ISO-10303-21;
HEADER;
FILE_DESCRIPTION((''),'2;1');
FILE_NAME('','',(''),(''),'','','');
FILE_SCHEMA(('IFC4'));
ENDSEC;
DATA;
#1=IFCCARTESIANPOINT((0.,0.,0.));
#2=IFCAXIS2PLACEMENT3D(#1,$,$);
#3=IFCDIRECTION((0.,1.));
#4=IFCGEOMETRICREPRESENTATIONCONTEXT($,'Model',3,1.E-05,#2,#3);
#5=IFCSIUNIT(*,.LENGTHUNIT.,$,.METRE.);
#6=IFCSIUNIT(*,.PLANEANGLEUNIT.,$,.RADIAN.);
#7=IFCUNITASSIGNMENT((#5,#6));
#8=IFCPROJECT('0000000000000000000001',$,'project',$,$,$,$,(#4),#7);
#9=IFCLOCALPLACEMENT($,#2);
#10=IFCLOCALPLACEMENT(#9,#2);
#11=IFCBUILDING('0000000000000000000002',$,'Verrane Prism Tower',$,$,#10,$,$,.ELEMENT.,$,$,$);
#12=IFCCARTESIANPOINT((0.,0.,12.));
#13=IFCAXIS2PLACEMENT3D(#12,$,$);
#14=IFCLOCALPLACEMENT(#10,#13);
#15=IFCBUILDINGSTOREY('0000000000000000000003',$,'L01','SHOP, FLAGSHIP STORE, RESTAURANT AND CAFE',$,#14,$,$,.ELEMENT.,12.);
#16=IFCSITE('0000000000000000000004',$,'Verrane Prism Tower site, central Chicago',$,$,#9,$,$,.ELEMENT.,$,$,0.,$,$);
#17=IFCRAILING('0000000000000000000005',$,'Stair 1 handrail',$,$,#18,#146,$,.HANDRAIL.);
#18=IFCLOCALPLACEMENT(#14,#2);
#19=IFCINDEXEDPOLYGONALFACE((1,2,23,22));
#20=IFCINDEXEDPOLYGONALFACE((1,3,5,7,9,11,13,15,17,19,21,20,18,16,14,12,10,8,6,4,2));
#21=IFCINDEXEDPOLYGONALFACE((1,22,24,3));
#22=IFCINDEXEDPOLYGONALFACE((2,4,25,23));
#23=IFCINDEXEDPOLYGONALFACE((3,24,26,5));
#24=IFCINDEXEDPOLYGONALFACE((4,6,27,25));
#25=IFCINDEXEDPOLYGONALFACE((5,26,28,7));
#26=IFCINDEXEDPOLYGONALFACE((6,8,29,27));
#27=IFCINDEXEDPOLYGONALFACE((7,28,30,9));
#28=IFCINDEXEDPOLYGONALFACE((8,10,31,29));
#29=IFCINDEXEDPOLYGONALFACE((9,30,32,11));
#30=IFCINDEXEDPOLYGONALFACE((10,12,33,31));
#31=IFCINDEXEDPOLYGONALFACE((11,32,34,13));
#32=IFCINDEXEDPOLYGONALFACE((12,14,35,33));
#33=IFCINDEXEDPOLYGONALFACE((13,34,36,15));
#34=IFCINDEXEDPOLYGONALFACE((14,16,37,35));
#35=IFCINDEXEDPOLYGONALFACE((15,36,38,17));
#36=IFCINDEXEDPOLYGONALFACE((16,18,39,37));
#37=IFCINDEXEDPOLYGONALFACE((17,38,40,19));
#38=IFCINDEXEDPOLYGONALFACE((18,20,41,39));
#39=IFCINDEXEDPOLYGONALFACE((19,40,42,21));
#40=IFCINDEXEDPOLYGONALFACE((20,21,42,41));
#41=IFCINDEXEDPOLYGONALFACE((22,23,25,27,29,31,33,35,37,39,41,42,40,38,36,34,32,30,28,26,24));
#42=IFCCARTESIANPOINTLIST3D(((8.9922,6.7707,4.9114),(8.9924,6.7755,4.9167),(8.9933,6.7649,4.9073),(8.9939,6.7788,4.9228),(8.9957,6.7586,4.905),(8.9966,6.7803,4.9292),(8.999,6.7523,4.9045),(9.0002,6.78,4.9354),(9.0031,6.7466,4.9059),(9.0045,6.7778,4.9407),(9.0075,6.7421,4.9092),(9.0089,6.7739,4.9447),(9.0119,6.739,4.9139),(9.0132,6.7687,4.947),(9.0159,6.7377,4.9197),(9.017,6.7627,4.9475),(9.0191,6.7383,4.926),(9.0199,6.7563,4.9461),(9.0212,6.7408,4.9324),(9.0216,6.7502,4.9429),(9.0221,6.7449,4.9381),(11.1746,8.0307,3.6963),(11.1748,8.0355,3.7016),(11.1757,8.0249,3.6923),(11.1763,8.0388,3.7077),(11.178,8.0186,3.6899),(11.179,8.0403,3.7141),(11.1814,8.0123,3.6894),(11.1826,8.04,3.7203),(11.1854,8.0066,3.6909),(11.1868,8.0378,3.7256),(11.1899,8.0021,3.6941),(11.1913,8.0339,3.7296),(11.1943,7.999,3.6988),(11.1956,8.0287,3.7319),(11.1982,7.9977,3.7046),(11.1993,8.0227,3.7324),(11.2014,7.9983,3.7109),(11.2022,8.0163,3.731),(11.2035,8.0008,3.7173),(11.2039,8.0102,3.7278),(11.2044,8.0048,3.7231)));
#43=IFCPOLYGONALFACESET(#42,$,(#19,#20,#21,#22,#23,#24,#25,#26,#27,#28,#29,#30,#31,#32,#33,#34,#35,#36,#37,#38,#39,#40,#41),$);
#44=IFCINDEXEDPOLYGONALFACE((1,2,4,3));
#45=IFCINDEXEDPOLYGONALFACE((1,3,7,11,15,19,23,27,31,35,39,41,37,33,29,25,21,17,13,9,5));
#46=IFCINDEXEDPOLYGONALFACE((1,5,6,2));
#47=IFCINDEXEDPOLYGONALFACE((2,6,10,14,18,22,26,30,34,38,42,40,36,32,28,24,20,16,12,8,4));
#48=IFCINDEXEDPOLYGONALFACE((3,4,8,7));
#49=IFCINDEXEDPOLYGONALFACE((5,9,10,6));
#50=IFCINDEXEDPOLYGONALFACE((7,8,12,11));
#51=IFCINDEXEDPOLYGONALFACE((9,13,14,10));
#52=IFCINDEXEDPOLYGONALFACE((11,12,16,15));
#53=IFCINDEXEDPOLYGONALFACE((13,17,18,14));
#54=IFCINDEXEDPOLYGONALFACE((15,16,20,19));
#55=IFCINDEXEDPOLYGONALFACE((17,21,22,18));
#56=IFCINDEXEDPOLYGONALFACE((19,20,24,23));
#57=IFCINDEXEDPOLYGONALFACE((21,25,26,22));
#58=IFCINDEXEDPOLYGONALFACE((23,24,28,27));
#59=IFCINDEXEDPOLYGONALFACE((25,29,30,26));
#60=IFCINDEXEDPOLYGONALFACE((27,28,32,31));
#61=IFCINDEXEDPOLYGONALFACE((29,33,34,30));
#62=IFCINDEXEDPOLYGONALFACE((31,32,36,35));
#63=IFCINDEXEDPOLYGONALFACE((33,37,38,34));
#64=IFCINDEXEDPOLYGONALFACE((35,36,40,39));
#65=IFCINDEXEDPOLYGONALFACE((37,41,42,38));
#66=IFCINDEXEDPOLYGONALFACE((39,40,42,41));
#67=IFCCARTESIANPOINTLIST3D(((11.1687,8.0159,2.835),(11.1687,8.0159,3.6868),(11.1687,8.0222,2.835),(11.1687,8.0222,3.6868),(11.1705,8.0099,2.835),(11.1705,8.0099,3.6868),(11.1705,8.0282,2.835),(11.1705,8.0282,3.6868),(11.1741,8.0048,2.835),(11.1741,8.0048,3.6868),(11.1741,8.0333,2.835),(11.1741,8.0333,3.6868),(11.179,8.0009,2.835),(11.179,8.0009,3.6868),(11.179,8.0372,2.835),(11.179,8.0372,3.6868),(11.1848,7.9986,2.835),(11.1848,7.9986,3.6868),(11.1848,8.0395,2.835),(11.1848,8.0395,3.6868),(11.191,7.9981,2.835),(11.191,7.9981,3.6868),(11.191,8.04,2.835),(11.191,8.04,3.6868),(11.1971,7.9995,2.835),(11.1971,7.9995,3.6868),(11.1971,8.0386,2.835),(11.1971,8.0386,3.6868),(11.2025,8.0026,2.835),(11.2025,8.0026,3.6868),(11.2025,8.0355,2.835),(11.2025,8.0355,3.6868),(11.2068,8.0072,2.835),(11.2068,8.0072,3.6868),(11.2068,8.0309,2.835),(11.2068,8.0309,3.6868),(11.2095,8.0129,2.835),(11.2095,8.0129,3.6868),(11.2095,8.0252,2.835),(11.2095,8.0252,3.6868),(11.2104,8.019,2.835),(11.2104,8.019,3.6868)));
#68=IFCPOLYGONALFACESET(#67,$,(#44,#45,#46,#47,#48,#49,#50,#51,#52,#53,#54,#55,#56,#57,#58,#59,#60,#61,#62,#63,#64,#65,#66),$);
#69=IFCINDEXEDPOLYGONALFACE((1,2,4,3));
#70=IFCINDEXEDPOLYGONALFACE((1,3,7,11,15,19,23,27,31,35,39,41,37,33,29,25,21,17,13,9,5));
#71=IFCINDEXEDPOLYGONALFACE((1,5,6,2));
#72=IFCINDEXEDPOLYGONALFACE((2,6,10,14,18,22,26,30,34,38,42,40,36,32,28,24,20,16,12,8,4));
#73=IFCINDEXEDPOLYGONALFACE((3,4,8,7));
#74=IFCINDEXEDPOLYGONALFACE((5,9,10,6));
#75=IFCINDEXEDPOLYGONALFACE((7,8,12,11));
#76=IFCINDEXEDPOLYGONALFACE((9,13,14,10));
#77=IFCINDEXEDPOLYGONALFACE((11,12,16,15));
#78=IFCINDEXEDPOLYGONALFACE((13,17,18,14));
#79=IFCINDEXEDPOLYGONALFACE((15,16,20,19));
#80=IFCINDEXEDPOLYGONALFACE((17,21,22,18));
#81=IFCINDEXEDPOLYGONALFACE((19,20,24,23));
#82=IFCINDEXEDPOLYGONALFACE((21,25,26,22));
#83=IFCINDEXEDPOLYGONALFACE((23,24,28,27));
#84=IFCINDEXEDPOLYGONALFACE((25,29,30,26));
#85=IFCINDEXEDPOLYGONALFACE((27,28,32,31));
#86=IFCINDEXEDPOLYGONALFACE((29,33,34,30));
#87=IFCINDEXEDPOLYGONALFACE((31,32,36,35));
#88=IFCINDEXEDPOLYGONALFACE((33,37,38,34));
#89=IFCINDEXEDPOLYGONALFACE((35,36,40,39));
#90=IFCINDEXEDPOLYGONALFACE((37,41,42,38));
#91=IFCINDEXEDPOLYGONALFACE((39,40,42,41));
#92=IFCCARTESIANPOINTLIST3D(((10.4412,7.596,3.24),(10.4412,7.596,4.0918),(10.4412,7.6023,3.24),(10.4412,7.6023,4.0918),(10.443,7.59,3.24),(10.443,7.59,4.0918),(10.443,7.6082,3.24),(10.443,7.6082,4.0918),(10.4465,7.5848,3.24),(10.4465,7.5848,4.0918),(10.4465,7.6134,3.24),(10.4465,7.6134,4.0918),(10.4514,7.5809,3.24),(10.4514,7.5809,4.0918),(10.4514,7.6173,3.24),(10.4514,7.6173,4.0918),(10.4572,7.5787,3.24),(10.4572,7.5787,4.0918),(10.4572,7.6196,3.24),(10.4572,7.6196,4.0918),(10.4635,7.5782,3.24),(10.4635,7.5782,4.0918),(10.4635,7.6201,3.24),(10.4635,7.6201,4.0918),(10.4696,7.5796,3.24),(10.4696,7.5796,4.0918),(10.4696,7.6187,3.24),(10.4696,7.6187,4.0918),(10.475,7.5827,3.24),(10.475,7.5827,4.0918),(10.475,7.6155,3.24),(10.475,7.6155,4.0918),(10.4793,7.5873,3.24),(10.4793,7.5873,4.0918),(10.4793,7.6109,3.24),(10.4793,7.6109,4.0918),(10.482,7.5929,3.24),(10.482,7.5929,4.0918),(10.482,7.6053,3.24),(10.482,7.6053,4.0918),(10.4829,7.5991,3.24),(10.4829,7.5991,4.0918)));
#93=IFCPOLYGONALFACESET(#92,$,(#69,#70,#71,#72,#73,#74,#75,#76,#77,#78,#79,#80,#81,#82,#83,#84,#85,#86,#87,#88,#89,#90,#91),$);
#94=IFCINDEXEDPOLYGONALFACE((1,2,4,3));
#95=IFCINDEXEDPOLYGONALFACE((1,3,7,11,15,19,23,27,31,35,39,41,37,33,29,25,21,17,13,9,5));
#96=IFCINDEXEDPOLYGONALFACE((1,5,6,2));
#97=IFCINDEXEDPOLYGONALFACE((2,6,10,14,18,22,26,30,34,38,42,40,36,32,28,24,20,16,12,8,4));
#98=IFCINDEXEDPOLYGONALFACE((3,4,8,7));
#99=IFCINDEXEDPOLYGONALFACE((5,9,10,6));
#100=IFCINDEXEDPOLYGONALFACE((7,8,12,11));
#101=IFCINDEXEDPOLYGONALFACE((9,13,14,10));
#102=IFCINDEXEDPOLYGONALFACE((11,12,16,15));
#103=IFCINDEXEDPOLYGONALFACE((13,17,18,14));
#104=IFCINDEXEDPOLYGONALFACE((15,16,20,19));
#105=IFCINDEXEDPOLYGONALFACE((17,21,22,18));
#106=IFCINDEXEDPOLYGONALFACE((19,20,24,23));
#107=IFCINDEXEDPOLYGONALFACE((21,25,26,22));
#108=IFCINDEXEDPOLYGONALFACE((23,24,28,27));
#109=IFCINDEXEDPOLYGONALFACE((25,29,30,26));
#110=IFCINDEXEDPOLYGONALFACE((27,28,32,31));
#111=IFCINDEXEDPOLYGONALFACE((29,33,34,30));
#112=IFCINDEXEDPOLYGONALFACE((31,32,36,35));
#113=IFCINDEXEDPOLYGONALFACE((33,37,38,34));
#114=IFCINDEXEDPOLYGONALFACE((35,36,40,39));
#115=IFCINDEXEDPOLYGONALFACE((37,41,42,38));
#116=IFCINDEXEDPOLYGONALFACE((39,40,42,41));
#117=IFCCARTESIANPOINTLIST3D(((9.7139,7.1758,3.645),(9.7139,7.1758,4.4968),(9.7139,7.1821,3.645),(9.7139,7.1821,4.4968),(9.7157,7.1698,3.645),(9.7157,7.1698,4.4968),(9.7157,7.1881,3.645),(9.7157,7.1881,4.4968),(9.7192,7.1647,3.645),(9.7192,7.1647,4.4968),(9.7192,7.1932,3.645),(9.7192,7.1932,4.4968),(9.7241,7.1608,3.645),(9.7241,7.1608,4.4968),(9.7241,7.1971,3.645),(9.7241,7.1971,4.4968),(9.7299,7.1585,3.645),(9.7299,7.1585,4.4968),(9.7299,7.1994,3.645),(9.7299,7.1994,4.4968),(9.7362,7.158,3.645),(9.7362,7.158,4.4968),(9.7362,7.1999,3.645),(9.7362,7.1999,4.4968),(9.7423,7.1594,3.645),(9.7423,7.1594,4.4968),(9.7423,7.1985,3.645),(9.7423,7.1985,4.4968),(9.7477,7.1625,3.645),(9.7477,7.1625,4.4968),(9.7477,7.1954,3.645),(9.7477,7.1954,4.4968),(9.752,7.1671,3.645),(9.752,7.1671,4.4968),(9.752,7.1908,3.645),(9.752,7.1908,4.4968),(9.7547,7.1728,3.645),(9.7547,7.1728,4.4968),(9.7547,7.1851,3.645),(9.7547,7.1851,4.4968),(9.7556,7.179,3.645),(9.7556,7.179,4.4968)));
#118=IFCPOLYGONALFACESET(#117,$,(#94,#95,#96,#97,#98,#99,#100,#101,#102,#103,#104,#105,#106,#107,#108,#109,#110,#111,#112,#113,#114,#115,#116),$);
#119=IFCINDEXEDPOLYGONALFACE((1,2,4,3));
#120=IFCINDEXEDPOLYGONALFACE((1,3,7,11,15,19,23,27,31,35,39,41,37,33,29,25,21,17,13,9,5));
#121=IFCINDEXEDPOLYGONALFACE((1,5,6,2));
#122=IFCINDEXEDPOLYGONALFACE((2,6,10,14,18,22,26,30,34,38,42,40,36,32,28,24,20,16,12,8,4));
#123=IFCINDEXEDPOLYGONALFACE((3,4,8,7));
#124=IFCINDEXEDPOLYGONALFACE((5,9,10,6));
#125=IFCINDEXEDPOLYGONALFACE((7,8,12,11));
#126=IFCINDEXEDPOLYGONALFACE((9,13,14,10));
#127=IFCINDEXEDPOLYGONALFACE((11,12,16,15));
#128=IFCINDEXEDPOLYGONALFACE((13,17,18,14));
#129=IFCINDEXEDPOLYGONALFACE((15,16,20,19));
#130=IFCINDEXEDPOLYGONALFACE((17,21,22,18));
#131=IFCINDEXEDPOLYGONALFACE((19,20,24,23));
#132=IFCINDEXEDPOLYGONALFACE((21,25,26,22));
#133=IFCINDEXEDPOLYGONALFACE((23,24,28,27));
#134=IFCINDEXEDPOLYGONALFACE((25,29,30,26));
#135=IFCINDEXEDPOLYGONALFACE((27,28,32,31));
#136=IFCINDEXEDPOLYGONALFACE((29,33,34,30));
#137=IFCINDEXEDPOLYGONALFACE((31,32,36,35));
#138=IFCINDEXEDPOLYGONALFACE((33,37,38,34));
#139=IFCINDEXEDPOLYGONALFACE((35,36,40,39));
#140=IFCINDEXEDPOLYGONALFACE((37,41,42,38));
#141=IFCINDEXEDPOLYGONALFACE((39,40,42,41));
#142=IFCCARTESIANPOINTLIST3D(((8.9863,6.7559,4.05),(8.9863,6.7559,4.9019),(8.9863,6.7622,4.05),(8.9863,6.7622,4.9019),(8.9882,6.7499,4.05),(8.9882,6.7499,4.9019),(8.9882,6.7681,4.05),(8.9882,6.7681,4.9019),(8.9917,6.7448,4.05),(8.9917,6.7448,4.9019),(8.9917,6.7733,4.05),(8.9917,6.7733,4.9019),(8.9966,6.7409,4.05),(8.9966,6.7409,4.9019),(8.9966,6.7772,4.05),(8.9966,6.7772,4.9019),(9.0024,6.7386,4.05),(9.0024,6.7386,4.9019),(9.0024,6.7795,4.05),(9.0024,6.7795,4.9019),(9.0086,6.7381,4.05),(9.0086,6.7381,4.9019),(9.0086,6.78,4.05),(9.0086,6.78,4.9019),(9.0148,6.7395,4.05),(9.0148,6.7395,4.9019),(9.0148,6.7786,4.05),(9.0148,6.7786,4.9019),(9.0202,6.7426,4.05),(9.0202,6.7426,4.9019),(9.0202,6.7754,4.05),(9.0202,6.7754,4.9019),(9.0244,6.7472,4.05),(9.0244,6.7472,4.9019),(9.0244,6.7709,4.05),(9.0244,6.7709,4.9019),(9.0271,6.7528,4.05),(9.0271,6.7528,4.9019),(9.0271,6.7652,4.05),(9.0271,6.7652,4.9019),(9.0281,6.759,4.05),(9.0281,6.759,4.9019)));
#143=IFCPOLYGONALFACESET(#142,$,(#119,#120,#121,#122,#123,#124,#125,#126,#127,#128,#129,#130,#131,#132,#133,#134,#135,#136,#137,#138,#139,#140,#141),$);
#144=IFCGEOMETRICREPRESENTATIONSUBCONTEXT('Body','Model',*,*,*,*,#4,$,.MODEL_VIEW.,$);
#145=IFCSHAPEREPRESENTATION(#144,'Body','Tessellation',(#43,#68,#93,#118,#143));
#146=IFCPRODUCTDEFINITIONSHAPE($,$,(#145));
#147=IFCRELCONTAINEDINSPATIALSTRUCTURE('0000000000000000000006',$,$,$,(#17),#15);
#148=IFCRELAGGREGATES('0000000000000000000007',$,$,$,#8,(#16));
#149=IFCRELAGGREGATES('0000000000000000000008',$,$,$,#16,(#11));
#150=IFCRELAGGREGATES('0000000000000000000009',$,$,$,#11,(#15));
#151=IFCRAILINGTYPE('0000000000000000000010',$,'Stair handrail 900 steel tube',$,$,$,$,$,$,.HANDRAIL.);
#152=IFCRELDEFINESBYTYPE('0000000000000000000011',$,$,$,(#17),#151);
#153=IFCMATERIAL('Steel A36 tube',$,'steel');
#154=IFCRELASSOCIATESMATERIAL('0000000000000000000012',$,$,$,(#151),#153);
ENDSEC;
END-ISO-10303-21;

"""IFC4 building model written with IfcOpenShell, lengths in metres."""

from ifc_helpers import new_model, si_unit, direction, frame, origin, origin_2d, place, context, subcontext, project, spatial, circle, extrude, material, type_object, element, save


model = new_model("IFC4")

# Units and contexts
model_context = context("Model", 3, precision=1e-05, world=origin(), true_north=direction((0.0, 1.0)))
body_context = subcontext(model_context, "Body", "Model", "MODEL_VIEW")
ifc_project = project(units=[si_unit("LENGTHUNIT", "METRE"), si_unit("PLANEANGLEUNIT", "RADIAN")], contexts=[model_context])

# Site, building, storey
site_placement = place(None, origin())
site = spatial("IfcSite", under=ifc_project, at=site_placement, Name="Verrane Prism Tower site, central Chicago", CompositionType="ELEMENT", RefElevation=0.0)
building_placement = place(site_placement, origin())
building = spatial("IfcBuilding", under=site, at=building_placement, Name="Verrane Prism Tower", CompositionType="ELEMENT")
storey_placement = place(building_placement, frame((0.0, 0.0, 12.0)))
storey = spatial("IfcBuildingStorey", under=building, at=storey_placement, Name="L01", Description="SHOP, FLAGSHIP STORE, RESTAURANT AND CAFE", CompositionType="ELEMENT", Elevation=12.0)

# Railing
ifc_material_1 = material(Name="Steel A36 tube", Category="steel")
railing_type = type_object("IfcRailingType", Name="Stair handrail 900 steel tube", PredefinedType="HANDRAIL", material=ifc_material_1)
for number, where, name in (
    (1, (11.1895, 8.019, 2.835), "Stair 1 handrail"),
):
    element("IfcRailing", number, at=place(storey_placement, frame(where)), inside=storey, type_object=railing_type, Name=name, PredefinedType="HANDRAIL", context=body_context, shape_type="SweptSolid", body=[
        extrude(circle(Radius=0.0239, at=origin_2d()), frame((0.0, 0.0, 0.876), z_axis=(-0.780075, -0.450382, 0.434325), x_axis=(0.500005, -0.866023, 0.0)), (0.0, 0.0, 1.0), 2.7976),
        extrude(circle(Radius=0.021, at=origin_2d()), origin(), (0.0, 0.0, 1.0), 0.8518),
        extrude(circle(Radius=0.021, at=origin_2d()), frame((-0.7275, -0.4199, 0.405)), (0.0, 0.0, 1.0), 0.8518),
        extrude(circle(Radius=0.021, at=origin_2d()), frame((-1.4548, -0.8401, 0.8101)), (0.0, 0.0, 1.0), 0.8518),
        extrude(circle(Radius=0.021, at=origin_2d()), frame((-2.1824, -1.26, 1.2151)), (0.0, 0.0, 1.0), 0.8518),
    ])

save(model, "model.ifc")
